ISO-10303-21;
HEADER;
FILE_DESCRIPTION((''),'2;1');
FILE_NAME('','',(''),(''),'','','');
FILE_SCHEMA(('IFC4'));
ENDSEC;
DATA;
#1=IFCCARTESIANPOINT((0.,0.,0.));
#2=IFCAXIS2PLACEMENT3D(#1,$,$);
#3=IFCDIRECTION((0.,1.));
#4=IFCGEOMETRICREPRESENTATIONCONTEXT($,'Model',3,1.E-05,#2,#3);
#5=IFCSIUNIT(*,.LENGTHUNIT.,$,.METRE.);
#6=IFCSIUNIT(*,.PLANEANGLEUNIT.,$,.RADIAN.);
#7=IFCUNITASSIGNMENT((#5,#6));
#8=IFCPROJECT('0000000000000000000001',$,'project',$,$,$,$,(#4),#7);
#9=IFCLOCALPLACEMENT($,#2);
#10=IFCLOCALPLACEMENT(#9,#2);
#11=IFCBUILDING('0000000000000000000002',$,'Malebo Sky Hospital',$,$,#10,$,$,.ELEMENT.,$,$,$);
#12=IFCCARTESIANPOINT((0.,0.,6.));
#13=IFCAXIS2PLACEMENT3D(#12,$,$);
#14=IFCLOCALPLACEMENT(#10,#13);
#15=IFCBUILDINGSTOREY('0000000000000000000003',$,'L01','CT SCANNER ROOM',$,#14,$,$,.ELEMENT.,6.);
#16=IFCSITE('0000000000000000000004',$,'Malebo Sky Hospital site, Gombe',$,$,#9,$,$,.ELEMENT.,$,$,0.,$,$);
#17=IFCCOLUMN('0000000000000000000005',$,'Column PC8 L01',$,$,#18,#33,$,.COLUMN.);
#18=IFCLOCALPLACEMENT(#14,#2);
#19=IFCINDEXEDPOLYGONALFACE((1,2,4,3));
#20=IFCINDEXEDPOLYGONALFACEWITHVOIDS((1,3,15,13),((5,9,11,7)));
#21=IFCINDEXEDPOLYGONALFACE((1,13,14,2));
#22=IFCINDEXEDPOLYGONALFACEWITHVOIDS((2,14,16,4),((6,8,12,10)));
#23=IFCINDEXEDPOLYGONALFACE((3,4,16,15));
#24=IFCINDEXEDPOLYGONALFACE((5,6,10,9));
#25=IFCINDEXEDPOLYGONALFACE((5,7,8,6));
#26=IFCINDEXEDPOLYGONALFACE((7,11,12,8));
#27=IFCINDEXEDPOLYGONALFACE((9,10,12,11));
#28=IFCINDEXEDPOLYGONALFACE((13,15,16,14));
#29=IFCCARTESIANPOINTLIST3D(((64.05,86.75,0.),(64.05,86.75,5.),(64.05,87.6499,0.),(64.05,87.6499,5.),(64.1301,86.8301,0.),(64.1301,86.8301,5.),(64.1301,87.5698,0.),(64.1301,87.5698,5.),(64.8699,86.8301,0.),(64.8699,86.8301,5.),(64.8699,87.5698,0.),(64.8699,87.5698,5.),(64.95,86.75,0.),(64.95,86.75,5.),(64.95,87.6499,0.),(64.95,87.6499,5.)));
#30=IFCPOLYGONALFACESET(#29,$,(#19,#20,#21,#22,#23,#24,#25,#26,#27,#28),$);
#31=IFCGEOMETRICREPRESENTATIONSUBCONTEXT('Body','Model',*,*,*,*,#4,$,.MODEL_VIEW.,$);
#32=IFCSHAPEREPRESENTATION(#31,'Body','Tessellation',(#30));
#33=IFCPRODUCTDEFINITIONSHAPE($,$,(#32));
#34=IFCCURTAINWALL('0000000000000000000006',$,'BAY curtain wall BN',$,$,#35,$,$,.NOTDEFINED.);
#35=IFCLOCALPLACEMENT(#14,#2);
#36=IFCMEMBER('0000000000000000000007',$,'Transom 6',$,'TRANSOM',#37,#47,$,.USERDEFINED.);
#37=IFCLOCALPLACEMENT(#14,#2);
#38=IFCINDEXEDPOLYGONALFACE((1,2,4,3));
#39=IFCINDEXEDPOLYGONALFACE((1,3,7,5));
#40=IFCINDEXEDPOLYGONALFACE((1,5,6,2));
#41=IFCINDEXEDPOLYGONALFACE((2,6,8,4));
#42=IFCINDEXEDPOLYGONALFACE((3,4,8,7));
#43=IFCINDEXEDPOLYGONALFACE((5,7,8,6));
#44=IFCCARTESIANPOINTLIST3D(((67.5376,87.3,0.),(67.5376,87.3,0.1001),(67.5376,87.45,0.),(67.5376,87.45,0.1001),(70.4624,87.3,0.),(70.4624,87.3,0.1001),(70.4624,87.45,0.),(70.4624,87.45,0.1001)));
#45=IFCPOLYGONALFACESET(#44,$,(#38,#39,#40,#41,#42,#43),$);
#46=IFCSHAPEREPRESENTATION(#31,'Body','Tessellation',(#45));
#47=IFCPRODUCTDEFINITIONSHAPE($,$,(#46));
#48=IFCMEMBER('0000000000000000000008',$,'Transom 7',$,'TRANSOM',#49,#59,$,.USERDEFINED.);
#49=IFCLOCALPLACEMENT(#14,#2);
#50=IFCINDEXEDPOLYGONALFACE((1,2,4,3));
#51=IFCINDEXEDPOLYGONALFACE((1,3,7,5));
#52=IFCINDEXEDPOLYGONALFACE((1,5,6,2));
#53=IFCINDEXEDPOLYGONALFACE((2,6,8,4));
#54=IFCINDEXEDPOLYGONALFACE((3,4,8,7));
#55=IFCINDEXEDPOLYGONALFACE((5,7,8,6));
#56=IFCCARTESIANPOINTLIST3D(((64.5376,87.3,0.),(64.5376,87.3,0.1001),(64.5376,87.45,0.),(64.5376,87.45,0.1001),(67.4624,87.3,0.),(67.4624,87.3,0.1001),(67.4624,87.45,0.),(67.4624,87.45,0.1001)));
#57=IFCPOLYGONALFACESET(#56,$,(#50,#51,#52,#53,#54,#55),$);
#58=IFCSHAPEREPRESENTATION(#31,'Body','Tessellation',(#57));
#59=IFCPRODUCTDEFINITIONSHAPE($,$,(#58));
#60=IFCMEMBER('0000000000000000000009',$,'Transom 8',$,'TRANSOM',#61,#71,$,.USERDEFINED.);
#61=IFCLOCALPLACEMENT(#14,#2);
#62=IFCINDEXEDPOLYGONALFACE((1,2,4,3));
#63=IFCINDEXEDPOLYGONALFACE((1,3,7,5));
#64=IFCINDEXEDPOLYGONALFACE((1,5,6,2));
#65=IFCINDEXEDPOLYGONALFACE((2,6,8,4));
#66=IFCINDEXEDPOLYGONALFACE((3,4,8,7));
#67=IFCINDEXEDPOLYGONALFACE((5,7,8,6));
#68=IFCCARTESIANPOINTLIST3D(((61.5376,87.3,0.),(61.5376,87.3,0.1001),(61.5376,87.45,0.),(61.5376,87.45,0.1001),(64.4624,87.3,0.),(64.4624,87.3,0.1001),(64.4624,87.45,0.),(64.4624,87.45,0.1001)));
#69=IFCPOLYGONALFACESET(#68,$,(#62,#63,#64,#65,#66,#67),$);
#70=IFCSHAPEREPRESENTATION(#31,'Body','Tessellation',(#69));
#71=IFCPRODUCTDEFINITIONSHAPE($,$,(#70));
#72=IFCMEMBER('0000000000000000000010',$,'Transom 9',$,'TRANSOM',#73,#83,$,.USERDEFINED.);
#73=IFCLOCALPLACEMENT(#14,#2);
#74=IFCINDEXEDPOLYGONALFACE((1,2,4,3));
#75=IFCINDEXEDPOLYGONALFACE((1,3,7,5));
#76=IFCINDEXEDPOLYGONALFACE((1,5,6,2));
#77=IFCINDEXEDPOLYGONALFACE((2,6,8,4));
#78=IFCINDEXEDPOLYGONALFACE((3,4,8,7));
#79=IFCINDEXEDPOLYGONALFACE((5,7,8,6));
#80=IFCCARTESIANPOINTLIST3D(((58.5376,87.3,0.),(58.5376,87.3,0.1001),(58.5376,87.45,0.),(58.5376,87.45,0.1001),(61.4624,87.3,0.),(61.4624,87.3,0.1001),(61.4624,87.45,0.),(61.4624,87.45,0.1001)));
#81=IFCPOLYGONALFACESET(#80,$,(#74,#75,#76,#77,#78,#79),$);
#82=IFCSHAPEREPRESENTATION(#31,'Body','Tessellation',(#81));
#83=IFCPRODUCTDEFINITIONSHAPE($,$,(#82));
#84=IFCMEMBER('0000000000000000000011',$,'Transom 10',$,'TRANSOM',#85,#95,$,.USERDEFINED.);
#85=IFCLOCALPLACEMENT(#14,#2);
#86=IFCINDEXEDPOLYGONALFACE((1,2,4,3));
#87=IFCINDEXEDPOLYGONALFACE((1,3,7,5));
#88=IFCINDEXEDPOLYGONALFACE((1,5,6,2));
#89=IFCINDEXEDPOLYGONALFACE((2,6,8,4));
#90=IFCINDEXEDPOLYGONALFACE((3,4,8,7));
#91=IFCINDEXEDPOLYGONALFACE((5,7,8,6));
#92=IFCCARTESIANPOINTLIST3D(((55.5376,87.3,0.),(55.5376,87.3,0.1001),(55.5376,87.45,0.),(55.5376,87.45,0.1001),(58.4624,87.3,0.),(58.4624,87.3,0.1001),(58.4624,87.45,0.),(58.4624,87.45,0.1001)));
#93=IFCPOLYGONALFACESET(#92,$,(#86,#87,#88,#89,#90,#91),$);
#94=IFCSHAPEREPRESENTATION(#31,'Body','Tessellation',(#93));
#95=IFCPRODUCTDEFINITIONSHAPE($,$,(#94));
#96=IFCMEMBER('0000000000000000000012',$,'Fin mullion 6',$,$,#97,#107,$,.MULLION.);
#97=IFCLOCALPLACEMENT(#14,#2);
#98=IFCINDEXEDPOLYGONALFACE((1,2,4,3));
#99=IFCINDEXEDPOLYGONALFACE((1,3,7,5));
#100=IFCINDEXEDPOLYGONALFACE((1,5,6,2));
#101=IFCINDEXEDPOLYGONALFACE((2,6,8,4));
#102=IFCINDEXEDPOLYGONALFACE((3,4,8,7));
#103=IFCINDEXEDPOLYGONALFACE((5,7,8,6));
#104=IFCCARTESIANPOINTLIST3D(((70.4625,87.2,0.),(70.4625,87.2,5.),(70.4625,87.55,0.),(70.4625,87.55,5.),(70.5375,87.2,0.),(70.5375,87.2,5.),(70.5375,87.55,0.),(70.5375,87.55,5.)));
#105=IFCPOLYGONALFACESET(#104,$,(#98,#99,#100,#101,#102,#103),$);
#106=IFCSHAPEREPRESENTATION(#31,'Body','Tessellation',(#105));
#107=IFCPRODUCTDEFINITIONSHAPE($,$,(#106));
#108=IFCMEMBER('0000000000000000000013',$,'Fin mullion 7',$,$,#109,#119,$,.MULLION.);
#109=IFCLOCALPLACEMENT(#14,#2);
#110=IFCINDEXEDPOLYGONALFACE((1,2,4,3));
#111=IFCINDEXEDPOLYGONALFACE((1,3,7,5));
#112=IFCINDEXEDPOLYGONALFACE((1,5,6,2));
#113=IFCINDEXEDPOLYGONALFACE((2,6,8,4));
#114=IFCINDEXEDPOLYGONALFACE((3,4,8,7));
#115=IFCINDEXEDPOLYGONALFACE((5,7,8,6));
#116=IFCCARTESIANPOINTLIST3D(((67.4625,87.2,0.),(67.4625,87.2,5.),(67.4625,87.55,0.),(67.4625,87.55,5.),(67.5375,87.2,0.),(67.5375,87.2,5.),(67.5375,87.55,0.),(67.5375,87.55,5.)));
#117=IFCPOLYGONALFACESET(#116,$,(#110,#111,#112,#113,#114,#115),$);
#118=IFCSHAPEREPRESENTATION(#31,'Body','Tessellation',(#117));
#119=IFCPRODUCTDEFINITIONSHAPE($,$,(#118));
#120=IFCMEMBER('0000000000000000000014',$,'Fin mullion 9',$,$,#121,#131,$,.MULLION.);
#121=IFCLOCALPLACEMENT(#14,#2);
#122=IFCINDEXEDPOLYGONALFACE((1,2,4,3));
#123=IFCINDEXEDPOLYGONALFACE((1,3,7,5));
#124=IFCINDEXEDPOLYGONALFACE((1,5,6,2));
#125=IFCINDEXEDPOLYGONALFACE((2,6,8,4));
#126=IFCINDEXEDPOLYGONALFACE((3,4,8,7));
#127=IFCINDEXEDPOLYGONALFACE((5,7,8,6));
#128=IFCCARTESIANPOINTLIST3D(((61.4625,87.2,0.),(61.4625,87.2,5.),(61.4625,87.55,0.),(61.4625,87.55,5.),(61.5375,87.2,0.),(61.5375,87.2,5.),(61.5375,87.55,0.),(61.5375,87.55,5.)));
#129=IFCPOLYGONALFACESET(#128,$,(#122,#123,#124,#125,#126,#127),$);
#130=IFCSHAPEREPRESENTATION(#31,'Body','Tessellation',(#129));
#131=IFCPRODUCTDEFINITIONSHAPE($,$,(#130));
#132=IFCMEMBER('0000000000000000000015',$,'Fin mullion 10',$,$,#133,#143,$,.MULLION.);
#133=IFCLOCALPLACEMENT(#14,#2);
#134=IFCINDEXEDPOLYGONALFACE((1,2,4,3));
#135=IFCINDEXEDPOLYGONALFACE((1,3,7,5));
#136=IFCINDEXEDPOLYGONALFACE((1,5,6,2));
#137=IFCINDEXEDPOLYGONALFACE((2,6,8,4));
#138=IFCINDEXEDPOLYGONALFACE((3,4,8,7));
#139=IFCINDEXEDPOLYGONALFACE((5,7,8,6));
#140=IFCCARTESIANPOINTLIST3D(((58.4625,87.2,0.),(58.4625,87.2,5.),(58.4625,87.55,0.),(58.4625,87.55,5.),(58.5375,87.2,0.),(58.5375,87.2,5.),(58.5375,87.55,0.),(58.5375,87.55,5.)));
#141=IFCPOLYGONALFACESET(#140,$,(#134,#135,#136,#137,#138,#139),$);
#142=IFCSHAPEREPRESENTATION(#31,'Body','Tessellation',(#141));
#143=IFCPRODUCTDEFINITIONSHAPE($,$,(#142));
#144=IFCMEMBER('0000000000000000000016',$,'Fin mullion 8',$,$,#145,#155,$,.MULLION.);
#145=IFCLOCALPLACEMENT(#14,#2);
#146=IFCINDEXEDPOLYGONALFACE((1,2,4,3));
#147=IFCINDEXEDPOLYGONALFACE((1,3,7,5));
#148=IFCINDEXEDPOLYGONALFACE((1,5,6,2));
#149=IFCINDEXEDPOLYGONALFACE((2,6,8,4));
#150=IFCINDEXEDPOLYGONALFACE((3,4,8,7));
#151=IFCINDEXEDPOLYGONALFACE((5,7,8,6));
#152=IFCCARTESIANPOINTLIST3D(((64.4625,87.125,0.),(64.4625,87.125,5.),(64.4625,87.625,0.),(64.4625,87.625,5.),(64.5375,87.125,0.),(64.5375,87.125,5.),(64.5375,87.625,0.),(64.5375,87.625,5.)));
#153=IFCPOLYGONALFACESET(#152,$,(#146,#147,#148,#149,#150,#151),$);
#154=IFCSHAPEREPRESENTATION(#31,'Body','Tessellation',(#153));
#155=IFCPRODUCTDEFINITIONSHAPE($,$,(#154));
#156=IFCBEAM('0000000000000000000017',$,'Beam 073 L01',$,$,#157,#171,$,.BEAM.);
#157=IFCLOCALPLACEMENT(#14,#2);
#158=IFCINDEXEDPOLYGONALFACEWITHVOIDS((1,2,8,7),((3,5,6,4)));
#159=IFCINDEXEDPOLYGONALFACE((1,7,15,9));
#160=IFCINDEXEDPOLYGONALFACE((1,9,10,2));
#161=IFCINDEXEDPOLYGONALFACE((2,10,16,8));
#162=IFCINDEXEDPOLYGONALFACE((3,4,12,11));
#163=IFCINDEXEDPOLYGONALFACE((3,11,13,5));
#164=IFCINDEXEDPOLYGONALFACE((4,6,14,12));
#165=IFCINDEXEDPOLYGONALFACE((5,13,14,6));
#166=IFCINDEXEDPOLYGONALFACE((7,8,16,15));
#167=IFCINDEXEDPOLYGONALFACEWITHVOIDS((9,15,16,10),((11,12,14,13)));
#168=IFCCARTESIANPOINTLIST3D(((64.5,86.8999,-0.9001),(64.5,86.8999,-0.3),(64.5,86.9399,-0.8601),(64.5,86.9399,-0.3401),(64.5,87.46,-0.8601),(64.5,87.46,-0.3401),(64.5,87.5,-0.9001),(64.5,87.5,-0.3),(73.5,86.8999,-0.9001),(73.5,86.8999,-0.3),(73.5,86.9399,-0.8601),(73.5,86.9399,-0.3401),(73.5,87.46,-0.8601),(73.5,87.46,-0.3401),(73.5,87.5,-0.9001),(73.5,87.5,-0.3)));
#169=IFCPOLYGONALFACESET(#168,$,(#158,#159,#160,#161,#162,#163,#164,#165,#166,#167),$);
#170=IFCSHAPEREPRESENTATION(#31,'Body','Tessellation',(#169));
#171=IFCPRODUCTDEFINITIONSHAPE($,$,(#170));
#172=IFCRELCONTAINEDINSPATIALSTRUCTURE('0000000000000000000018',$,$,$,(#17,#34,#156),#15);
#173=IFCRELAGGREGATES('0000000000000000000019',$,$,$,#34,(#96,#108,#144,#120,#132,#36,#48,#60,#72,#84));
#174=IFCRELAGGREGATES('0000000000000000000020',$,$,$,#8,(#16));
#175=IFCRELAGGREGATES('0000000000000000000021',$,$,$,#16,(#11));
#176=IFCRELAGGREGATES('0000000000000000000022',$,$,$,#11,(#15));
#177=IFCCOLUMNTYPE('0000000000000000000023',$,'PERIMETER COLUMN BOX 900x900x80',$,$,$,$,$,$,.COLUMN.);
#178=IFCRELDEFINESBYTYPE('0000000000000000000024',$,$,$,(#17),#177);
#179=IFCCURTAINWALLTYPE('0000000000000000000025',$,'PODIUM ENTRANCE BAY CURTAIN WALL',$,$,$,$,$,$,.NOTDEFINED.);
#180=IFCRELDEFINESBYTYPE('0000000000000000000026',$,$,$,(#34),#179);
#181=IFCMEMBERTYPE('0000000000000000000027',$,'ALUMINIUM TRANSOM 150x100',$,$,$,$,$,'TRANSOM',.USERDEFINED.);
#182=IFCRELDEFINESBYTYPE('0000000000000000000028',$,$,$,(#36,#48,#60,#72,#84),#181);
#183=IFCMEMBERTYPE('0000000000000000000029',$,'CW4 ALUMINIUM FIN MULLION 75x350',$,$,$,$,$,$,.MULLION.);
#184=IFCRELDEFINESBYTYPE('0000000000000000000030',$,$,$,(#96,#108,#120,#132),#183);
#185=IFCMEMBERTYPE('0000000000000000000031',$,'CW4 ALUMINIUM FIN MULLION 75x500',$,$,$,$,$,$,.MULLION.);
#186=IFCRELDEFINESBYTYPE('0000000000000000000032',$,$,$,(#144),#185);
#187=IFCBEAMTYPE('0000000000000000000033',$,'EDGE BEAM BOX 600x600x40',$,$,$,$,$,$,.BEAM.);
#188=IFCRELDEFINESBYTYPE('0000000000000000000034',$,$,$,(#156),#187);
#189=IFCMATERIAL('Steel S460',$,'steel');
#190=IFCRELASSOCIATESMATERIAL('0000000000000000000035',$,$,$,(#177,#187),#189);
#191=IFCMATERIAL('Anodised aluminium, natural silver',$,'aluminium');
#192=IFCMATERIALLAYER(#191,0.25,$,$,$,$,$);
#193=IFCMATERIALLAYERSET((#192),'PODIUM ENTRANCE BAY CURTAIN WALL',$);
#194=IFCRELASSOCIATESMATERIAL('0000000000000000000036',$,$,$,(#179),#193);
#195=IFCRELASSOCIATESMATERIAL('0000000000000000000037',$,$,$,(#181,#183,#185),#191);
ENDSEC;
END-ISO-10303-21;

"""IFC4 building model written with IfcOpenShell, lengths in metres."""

from ifc_helpers import new_model, si_unit, direction, frame, origin, origin_2d, place, context, subcontext, project, spatial, rectangle, hollow_rectangle, extrude, material, layer, layer_set, material_profile, profile_set, type_object, element, aggregate, save


model = new_model("IFC4")

# Units and contexts
model_context = context("Model", 3, precision=1e-05, world=origin(), true_north=direction((0.0, 1.0)))
body_context = subcontext(model_context, "Body", "Model", "MODEL_VIEW")
ifc_project = project(units=[si_unit("LENGTHUNIT", "METRE"), si_unit("PLANEANGLEUNIT", "RADIAN")], contexts=[model_context])

# Site, building, storey
site_placement = place(None, origin())
site = spatial("IfcSite", under=ifc_project, at=site_placement, Name="Malebo Sky Hospital site, Gombe", CompositionType="ELEMENT", RefElevation=0.0)
building_placement = place(site_placement, origin())
building = spatial("IfcBuilding", under=site, at=building_placement, Name="Malebo Sky Hospital", CompositionType="ELEMENT")
storey_placement = place(building_placement, frame((0.0, 0.0, 6.0)))
storey = spatial("IfcBuildingStorey", under=building, at=storey_placement, Name="L01", Description="CT SCANNER ROOM", CompositionType="ELEMENT", Elevation=6.0)

# Column
ifc_material_1 = material(Name="Steel S460", Category="steel")
ifc_material_profile_1 = material_profile(ifc_material_1, hollow_rectangle(XDim=0.8999, YDim=0.8999, WallThickness=0.0801, at=origin_2d()), Name="BOX 900x900x80")
ifc_profile_set_1 = profile_set([ifc_material_profile_1], Name="Steel S460")
column_type = type_object("IfcColumnType", Name="PERIMETER COLUMN BOX 900x900x80", PredefinedType="COLUMN", material=ifc_profile_set_1)
column_placement = place(storey_placement, frame((64.5, 87.2, 0.0), z_axis=(0.0, 0.0, 1.0), x_axis=(1.0, 0.0, 0.0)))
element("IfcColumn", 1, at=column_placement, inside=storey, type_object=column_type, Name="Column PC8 L01", PredefinedType="COLUMN", context=body_context, shape_type="SweptSolid", body=[
    extrude(hollow_rectangle(XDim=0.8999, YDim=0.8999, WallThickness=0.0801, at=origin_2d()), origin(), (0.0, 0.0, 1.0), 5.0),
])

# Curtain wall, members
ifc_material_2 = material(Name="Anodised aluminium, natural silver", Category="aluminium")
ifc_layer_1 = layer(ifc_material_2, 0.25)
ifc_layer_set_1 = layer_set([ifc_layer_1], Name="PODIUM ENTRANCE BAY CURTAIN WALL")
curtain_wall_type = type_object("IfcCurtainWallType", Name="PODIUM ENTRANCE BAY CURTAIN WALL", PredefinedType="NOTDEFINED", material=ifc_layer_set_1)
curtain_wall_placement = place(storey_placement, origin())
curtain_wall = element("IfcCurtainWall", 2, at=curtain_wall_placement, inside=storey, type_object=curtain_wall_type, Name="BAY curtain wall BN", PredefinedType="NOTDEFINED")
ifc_material_profile_2 = material_profile(ifc_material_2, rectangle(XDim=0.1499, YDim=0.1001, at=origin_2d()), Name="ALUMINIUM TRANSOM 150x100")
ifc_profile_set_2 = profile_set([ifc_material_profile_2], Name="Anodised aluminium, natural silver")
member_type_1 = type_object("IfcMemberType", Name="ALUMINIUM TRANSOM 150x100", ElementType="TRANSOM", PredefinedType="USERDEFINED", material=ifc_profile_set_2)
member_1_placement = place(storey_placement, frame((70.4624, 87.375, 0.05), z_axis=(-1.0, 0.0, 0.0), x_axis=(0.0, -1.0, 0.0)))
member_1 = element("IfcMember", 3, at=member_1_placement, type_object=member_type_1, Name="Transom 6", ObjectType="TRANSOM", PredefinedType="USERDEFINED", context=body_context, shape_type="SweptSolid", body=[
    extrude(rectangle(XDim=0.1499, YDim=0.1001, at=origin_2d()), origin(), (0.0, 0.0, 1.0), 2.9248),
])
member_2_placement = place(storey_placement, frame((67.4624, 87.375, 0.05), z_axis=(-1.0, 0.0, 0.0), x_axis=(0.0, -1.0, 0.0)))
member_2 = element("IfcMember", 4, at=member_2_placement, type_object=member_type_1, Name="Transom 7", ObjectType="TRANSOM", PredefinedType="USERDEFINED", context=body_context, shape_type="SweptSolid", body=[
    extrude(rectangle(XDim=0.1499, YDim=0.1001, at=origin_2d()), origin(), (0.0, 0.0, 1.0), 2.9248),
])
member_3_placement = place(storey_placement, frame((64.4624, 87.375, 0.05), z_axis=(-1.0, 0.0, 0.0), x_axis=(0.0, -1.0, 0.0)))
member_3 = element("IfcMember", 5, at=member_3_placement, type_object=member_type_1, Name="Transom 8", ObjectType="TRANSOM", PredefinedType="USERDEFINED", context=body_context, shape_type="SweptSolid", body=[
    extrude(rectangle(XDim=0.1499, YDim=0.1001, at=origin_2d()), origin(), (0.0, 0.0, 1.0), 2.9248),
])
member_4_placement = place(storey_placement, frame((61.4624, 87.375, 0.05), z_axis=(-1.0, 0.0, 0.0), x_axis=(0.0, -1.0, 0.0)))
member_4 = element("IfcMember", 6, at=member_4_placement, type_object=member_type_1, Name="Transom 9", ObjectType="TRANSOM", PredefinedType="USERDEFINED", context=body_context, shape_type="SweptSolid", body=[
    extrude(rectangle(XDim=0.1499, YDim=0.1001, at=origin_2d()), origin(), (0.0, 0.0, 1.0), 2.9248),
])
member_5_placement = place(storey_placement, frame((58.4624, 87.375, 0.05), z_axis=(-1.0, 0.0, 0.0), x_axis=(0.0, -1.0, 0.0)))
member_5 = element("IfcMember", 7, at=member_5_placement, type_object=member_type_1, Name="Transom 10", ObjectType="TRANSOM", PredefinedType="USERDEFINED", context=body_context, shape_type="SweptSolid", body=[
    extrude(rectangle(XDim=0.1499, YDim=0.1001, at=origin_2d()), origin(), (0.0, 0.0, 1.0), 2.9248),
])
ifc_material_profile_3 = material_profile(ifc_material_2, rectangle(XDim=0.075, YDim=0.3501, at=origin_2d()), Name="CW4 ALUMINIUM FIN MULLION 75x350")
ifc_profile_set_3 = profile_set([ifc_material_profile_3], Name="Anodised aluminium, natural silver")
member_type_2 = type_object("IfcMemberType", Name="CW4 ALUMINIUM FIN MULLION 75x350", PredefinedType="MULLION", material=ifc_profile_set_3)
member_6_placement = place(storey_placement, frame((70.5, 87.375, 0.0), z_axis=(0.0, 0.0, 1.0), x_axis=(-1.0, 0.0, 0.0)))
member_6 = element("IfcMember", 8, at=member_6_placement, type_object=member_type_2, Name="Fin mullion 6", PredefinedType="MULLION", context=body_context, shape_type="SweptSolid", body=[
    extrude(rectangle(XDim=0.075, YDim=0.3501, at=origin_2d()), origin(), (0.0, 0.0, 1.0), 5.0),
])
member_7_placement = place(storey_placement, frame((67.5, 87.375, 0.0), z_axis=(0.0, 0.0, 1.0), x_axis=(-1.0, 0.0, 0.0)))
member_7 = element("IfcMember", 9, at=member_7_placement, type_object=member_type_2, Name="Fin mullion 7", PredefinedType="MULLION", context=body_context, shape_type="SweptSolid", body=[
    extrude(rectangle(XDim=0.075, YDim=0.3501, at=origin_2d()), origin(), (0.0, 0.0, 1.0), 5.0),
])
member_8_placement = place(storey_placement, frame((61.5, 87.375, 0.0), z_axis=(0.0, 0.0, 1.0), x_axis=(-1.0, 0.0, 0.0)))
member_8 = element("IfcMember", 10, at=member_8_placement, type_object=member_type_2, Name="Fin mullion 9", PredefinedType="MULLION", context=body_context, shape_type="SweptSolid", body=[
    extrude(rectangle(XDim=0.075, YDim=0.3501, at=origin_2d()), origin(), (0.0, 0.0, 1.0), 5.0),
])
member_9_placement = place(storey_placement, frame((58.5, 87.375, 0.0), z_axis=(0.0, 0.0, 1.0), x_axis=(-1.0, 0.0, 0.0)))
member_9 = element("IfcMember", 11, at=member_9_placement, type_object=member_type_2, Name="Fin mullion 10", PredefinedType="MULLION", context=body_context, shape_type="SweptSolid", body=[
    extrude(rectangle(XDim=0.075, YDim=0.3501, at=origin_2d()), origin(), (0.0, 0.0, 1.0), 5.0),
])
ifc_material_profile_4 = material_profile(ifc_material_2, rectangle(XDim=0.075, YDim=0.5, at=origin_2d()), Name="CW4 ALUMINIUM FIN MULLION 75x500")
ifc_profile_set_4 = profile_set([ifc_material_profile_4], Name="Anodised aluminium, natural silver")
member_type_3 = type_object("IfcMemberType", Name="CW4 ALUMINIUM FIN MULLION 75x500", PredefinedType="MULLION", material=ifc_profile_set_4)
member_10_placement = place(storey_placement, frame((64.5, 87.375, 0.0), z_axis=(0.0, 0.0, 1.0), x_axis=(-1.0, 0.0, 0.0)))
member_10 = element("IfcMember", 12, at=member_10_placement, type_object=member_type_3, Name="Fin mullion 8", PredefinedType="MULLION", context=body_context, shape_type="SweptSolid", body=[
    extrude(rectangle(XDim=0.075, YDim=0.5, at=origin_2d()), origin(), (0.0, 0.0, 1.0), 5.0),
])

# Beam
ifc_material_profile_5 = material_profile(ifc_material_1, hollow_rectangle(XDim=0.6001, YDim=0.6001, WallThickness=0.04, at=origin_2d()), Name="BOX 600x600x40")
ifc_profile_set_5 = profile_set([ifc_material_profile_5], Name="Steel S460")
beam_type_1 = type_object("IfcBeamType", Name="EDGE BEAM BOX 600x600x40", PredefinedType="BEAM", material=ifc_profile_set_5)
beam_1_placement = place(storey_placement, frame((64.5, 87.2, -0.6001), z_axis=(1.0, 0.0, 0.0), x_axis=(0.0, 1.0, 0.0)))
element("IfcBeam", 13, at=beam_1_placement, inside=storey, type_object=beam_type_1, Name="Beam 073 L01", PredefinedType="BEAM", context=body_context, shape_type="SweptSolid", body=[
    extrude(hollow_rectangle(XDim=0.6001, YDim=0.6001, WallThickness=0.04, at=origin_2d()), origin(), (0.0, 0.0, 1.0), 9.0),
])

aggregate(curtain_wall, [member_6, member_7, member_10, member_8, member_9, member_1, member_2, member_3, member_4, member_5])

save(model, "model.ifc")
